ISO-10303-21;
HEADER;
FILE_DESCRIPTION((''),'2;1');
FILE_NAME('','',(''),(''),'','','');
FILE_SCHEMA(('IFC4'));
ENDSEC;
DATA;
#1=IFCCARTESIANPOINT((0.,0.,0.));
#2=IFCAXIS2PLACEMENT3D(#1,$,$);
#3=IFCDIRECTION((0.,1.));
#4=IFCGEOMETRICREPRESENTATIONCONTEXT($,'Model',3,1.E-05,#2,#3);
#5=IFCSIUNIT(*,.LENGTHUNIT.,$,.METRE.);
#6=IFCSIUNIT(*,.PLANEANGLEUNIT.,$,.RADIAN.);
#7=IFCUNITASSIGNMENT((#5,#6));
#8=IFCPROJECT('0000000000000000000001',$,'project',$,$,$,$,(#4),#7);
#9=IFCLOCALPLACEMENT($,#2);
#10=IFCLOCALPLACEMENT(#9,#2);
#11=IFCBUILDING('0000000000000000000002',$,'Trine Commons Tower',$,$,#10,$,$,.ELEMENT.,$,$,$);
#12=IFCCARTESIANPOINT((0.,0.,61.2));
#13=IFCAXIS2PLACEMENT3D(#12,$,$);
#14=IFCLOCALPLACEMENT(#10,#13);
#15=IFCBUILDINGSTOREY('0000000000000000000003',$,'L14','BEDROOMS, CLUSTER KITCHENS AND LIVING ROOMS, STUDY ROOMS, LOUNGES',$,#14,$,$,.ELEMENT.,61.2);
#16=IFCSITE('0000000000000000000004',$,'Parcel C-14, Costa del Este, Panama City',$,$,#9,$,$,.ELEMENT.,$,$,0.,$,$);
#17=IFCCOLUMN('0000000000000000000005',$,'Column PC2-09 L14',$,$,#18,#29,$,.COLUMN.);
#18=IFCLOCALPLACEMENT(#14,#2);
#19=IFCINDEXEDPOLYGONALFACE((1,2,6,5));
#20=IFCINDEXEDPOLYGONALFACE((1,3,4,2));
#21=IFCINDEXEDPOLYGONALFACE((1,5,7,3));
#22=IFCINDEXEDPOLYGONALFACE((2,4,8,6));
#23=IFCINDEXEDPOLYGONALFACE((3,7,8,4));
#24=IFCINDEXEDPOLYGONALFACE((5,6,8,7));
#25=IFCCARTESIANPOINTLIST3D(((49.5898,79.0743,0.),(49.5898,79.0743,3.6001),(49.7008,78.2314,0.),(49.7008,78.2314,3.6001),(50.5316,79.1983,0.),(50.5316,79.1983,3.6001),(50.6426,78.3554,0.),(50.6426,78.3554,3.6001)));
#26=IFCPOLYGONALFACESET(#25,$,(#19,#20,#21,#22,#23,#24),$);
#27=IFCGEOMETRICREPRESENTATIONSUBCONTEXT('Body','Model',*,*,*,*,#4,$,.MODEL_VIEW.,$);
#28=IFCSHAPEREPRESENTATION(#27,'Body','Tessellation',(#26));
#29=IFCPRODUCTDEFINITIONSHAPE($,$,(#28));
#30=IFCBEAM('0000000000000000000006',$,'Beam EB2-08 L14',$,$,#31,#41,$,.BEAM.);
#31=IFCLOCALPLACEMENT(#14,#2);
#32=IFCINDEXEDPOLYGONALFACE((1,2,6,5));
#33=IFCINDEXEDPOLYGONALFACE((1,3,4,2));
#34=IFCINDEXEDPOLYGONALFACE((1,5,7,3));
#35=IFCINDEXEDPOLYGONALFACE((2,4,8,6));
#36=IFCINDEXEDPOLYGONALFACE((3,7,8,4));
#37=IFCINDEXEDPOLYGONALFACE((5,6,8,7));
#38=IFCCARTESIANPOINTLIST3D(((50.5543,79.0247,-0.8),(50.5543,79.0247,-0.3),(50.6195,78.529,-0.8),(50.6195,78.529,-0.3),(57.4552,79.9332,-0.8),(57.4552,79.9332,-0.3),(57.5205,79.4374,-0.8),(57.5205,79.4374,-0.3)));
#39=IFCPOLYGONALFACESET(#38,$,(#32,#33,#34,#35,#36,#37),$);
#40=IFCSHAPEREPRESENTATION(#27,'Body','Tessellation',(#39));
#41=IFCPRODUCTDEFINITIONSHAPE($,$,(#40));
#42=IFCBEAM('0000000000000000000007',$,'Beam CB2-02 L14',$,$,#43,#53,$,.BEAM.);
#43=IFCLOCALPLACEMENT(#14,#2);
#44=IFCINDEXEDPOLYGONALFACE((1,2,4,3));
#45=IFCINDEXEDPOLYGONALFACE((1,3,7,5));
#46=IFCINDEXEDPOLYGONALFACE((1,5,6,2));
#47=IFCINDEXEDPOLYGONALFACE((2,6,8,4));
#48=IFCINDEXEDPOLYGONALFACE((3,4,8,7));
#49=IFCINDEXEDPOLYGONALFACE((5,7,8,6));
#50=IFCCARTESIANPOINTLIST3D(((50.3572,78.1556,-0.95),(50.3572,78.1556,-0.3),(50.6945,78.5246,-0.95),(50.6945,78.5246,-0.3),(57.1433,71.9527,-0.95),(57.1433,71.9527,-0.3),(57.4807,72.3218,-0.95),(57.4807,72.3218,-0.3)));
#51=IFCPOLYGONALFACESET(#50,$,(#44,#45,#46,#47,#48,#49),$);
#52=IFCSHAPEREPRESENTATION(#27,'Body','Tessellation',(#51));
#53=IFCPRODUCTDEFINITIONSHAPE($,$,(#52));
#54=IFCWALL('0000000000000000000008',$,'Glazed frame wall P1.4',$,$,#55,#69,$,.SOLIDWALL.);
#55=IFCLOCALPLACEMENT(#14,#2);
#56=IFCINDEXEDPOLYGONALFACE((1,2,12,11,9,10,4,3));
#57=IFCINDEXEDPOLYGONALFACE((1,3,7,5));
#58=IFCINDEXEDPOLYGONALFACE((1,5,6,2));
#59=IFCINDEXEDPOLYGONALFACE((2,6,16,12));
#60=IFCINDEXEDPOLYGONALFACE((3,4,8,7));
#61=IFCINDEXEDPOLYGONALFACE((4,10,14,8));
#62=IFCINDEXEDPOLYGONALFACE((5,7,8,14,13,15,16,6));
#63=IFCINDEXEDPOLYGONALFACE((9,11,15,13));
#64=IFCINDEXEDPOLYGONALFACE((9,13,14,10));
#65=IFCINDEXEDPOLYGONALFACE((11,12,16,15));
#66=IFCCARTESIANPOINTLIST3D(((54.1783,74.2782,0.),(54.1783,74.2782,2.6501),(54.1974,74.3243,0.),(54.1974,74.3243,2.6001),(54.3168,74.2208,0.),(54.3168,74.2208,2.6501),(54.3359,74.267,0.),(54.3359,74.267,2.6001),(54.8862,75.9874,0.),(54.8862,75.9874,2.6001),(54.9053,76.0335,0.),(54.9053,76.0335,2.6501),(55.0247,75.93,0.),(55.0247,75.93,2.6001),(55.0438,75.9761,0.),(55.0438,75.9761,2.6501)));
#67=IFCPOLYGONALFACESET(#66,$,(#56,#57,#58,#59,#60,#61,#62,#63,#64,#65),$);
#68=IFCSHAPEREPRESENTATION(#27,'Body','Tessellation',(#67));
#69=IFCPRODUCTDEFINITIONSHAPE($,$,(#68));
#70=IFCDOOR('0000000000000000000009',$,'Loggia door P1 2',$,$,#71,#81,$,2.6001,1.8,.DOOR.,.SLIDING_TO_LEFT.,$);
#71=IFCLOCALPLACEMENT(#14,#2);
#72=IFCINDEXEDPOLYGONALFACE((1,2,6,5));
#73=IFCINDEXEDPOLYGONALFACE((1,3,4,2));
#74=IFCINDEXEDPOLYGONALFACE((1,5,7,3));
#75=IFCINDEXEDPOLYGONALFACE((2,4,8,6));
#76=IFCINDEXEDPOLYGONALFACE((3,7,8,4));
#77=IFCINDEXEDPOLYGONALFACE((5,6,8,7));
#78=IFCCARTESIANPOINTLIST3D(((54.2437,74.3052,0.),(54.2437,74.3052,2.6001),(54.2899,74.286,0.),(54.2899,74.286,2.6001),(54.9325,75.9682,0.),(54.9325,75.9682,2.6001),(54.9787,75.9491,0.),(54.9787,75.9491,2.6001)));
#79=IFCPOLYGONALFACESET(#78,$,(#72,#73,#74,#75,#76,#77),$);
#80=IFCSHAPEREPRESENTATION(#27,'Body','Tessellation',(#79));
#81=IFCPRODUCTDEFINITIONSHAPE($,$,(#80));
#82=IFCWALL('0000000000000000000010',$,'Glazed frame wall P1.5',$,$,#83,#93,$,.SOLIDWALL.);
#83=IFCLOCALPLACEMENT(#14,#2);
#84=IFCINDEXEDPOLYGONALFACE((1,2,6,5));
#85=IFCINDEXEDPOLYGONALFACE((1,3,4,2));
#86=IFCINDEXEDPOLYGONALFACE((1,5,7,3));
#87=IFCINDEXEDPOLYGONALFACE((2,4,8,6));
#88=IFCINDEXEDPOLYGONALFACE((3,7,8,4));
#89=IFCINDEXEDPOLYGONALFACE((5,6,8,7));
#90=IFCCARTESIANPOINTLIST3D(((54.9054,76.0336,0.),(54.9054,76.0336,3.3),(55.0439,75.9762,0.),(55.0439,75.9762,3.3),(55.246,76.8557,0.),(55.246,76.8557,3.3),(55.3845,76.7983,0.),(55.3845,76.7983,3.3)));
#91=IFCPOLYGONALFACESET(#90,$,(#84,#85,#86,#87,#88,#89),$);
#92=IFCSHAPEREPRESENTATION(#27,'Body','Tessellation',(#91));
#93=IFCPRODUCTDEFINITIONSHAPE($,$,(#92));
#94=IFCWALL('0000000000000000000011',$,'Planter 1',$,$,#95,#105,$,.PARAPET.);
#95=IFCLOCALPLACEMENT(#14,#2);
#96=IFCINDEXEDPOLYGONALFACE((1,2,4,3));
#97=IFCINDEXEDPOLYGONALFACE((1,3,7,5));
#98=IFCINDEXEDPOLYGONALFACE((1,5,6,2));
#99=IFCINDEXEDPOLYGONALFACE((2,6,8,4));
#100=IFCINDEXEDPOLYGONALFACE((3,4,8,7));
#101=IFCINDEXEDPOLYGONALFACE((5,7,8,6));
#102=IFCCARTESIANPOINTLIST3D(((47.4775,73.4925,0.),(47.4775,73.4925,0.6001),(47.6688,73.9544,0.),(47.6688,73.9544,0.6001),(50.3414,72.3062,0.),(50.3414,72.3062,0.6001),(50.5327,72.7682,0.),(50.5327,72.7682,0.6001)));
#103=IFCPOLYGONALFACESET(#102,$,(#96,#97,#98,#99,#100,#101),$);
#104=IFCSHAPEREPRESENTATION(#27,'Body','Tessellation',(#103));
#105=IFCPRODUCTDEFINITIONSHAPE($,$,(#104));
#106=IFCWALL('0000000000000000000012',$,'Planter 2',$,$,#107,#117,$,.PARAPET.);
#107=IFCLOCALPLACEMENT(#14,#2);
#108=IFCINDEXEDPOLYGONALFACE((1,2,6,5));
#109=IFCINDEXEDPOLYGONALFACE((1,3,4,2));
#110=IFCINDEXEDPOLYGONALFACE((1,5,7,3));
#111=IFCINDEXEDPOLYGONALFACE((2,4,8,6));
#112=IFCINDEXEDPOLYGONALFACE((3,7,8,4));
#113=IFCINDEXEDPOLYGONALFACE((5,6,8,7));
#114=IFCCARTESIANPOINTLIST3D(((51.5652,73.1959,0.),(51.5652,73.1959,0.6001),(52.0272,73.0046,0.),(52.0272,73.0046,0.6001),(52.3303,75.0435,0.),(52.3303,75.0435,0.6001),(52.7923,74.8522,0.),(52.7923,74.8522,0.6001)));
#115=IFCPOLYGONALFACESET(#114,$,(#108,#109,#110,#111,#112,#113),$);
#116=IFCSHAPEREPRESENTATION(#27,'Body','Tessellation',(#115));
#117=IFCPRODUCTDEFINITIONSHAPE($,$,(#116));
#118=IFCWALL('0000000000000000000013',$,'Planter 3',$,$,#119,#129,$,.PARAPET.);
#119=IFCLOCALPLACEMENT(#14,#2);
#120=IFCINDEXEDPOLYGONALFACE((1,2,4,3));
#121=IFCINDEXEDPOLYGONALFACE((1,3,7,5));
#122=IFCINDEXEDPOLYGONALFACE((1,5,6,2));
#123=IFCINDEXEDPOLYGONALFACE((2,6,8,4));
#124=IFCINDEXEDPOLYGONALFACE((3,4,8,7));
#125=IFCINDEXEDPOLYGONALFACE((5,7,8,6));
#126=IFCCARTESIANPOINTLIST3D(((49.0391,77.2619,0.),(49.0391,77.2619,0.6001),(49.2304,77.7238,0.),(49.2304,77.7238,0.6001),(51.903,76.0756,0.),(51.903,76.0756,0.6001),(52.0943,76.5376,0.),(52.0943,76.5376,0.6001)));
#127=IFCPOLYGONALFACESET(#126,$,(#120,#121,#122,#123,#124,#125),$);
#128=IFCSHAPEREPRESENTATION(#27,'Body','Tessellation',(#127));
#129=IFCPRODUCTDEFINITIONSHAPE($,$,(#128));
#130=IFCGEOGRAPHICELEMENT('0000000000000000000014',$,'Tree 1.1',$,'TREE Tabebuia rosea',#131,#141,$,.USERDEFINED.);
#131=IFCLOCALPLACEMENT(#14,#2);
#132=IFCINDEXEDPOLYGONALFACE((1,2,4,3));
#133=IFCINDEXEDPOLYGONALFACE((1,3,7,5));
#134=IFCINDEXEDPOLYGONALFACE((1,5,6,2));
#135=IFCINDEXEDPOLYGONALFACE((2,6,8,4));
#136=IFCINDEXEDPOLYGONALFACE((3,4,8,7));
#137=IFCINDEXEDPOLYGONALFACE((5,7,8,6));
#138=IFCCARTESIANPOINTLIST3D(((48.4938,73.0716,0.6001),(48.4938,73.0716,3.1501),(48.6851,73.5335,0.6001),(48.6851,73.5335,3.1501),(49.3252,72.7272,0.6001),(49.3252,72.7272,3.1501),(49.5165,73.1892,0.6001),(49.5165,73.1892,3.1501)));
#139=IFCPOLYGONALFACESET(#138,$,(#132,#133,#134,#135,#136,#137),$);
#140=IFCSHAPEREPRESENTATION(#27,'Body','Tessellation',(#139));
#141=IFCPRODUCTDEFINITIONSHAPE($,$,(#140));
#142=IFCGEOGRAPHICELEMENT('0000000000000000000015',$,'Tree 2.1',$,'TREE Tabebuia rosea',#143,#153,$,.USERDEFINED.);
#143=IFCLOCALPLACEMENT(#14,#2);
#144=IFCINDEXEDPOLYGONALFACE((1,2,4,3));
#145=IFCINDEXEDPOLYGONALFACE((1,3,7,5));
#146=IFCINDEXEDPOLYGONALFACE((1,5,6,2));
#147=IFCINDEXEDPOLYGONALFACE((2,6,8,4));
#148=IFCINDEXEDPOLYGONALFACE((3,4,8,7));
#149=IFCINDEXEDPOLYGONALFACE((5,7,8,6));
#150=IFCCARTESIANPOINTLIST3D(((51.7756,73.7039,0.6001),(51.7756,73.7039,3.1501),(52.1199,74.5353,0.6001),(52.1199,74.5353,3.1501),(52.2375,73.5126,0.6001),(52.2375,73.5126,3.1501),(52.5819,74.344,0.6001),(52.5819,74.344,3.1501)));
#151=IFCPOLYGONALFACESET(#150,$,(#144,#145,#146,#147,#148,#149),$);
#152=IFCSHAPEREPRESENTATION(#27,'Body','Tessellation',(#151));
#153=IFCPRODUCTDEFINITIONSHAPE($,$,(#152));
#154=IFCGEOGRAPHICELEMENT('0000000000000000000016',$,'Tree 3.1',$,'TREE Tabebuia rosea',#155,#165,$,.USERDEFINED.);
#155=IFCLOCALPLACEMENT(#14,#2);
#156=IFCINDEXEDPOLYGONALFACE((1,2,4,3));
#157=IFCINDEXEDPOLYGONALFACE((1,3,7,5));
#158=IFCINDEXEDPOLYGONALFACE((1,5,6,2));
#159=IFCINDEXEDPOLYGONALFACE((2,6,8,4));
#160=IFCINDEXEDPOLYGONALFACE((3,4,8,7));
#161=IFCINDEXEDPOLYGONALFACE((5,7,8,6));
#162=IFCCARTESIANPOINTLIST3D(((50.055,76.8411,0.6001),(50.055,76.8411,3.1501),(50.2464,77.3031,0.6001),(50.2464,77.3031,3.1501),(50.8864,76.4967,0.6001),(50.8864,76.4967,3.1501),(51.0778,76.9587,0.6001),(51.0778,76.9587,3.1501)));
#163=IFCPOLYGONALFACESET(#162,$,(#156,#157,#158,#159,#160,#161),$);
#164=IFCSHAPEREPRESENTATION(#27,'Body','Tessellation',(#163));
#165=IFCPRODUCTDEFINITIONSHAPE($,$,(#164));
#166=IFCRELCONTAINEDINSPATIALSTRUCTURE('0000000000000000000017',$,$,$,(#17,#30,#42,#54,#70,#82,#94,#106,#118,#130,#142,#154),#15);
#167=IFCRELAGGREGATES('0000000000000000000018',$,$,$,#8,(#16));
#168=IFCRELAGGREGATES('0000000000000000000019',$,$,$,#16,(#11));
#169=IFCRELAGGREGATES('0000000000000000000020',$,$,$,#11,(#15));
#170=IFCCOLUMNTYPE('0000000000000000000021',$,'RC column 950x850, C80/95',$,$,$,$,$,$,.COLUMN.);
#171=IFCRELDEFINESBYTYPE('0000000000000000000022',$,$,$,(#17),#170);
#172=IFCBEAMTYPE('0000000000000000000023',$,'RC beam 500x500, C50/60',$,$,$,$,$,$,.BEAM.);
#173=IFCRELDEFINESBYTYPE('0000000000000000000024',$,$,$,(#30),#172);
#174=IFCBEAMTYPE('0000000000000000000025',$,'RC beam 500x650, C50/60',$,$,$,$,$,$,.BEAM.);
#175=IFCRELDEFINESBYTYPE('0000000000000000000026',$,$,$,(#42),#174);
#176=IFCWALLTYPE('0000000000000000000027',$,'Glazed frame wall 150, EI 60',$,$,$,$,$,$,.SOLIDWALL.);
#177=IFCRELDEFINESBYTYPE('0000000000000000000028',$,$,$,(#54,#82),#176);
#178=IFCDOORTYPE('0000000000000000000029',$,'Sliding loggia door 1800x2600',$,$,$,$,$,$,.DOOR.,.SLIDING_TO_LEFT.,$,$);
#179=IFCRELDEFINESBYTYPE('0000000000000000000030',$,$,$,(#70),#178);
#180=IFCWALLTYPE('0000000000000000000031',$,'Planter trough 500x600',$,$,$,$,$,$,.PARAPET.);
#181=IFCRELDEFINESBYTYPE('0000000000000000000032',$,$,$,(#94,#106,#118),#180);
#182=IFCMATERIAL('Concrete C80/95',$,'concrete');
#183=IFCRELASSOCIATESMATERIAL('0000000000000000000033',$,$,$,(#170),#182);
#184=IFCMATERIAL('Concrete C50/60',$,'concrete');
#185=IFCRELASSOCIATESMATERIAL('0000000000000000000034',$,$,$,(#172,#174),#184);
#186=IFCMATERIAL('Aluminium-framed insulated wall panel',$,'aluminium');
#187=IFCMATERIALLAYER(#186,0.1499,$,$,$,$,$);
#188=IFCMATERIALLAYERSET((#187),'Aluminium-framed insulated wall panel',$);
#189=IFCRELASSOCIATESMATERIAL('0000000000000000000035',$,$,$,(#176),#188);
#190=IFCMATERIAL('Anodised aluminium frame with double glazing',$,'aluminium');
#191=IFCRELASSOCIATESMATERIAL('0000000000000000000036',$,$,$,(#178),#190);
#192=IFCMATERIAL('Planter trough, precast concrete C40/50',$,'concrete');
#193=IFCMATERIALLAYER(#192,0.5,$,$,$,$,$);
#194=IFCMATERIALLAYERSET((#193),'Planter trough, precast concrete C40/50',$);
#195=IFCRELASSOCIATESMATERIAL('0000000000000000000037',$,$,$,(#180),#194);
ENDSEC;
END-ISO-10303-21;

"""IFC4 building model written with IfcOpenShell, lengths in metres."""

from ifc_helpers import new_model, si_unit, direction, frame, frame_2d, origin, origin_2d, place, context, subcontext, project, spatial, polyline, rectangle, outline, extrude, material, layer, layer_set, material_profile, profile_set, type_object, element, fill, save


model = new_model("IFC4")

# Units and contexts
model_context = context("Model", 3, precision=1e-05, world=origin(), true_north=direction((0.0, 1.0)))
body_context = subcontext(model_context, "Body", "Model", "MODEL_VIEW")
ifc_project = project(units=[si_unit("LENGTHUNIT", "METRE"), si_unit("PLANEANGLEUNIT", "RADIAN")], contexts=[model_context])

# Site, building, storey
site_placement = place(None, origin())
site = spatial("IfcSite", under=ifc_project, at=site_placement, Name="Parcel C-14, Costa del Este, Panama City", CompositionType="ELEMENT", RefElevation=0.0)
building_placement = place(site_placement, origin())
building = spatial("IfcBuilding", under=site, at=building_placement, Name="Trine Commons Tower", CompositionType="ELEMENT")
storey_placement = place(building_placement, frame((0.0, 0.0, 61.2)))
storey = spatial("IfcBuildingStorey", under=building, at=storey_placement, Name="L14", Description="BEDROOMS, CLUSTER KITCHENS AND LIVING ROOMS, STUDY ROOMS, LOUNGES", CompositionType="ELEMENT", Elevation=61.2)

# Column
ifc_material_1 = material(Name="Concrete C80/95", Category="concrete")
ifc_material_profile_1 = material_profile(ifc_material_1, rectangle(XDim=0.95, YDim=0.8501, at=origin_2d()), Name="RC 950x850")
ifc_profile_set_1 = profile_set([ifc_material_profile_1], Name="Concrete C80/95")
column_type = type_object("IfcColumnType", Name="RC column 950x850, C80/95", PredefinedType="COLUMN", material=ifc_profile_set_1)
column_placement = place(storey_placement, frame((50.1162, 78.7148, 0.0), z_axis=(0.0, 0.0, 1.0), x_axis=(0.991445, 0.130526, 0.0)))
element("IfcColumn", 1, at=column_placement, inside=storey, type_object=column_type, Name="Column PC2-09 L14", PredefinedType="COLUMN", context=body_context, shape_type="SweptSolid", body=[
    extrude(rectangle(XDim=0.95, YDim=0.8501, at=origin_2d()), origin(), (0.0, 0.0, 1.0), 3.6001),
])

# Beams
ifc_material_2 = material(Name="Concrete C50/60", Category="concrete")
ifc_material_profile_2 = material_profile(ifc_material_2, rectangle(XDim=0.5, YDim=0.5, at=origin_2d()), Name="RC 500x500")
ifc_profile_set_2 = profile_set([ifc_material_profile_2], Name="Concrete C50/60")
beam_type_1 = type_object("IfcBeamType", Name="RC beam 500x500, C50/60", PredefinedType="BEAM", material=ifc_profile_set_2)
beam_1_placement = place(storey_placement, frame((50.5869, 78.7769, -0.55), z_axis=(0.991446, 0.130516, 0.0), x_axis=(-0.130516, 0.991446, 0.0)))
element("IfcBeam", 2, at=beam_1_placement, inside=storey, type_object=beam_type_1, Name="Beam EB2-08 L14", PredefinedType="BEAM", context=body_context, shape_type="SweptSolid", body=[
    extrude(rectangle(XDim=0.5, YDim=0.5, at=origin_2d()), origin(), (0.0, 0.0, 1.0), 6.9604),
])
ifc_material_profile_3 = material_profile(ifc_material_2, rectangle(XDim=0.5, YDim=0.6499, at=origin_2d()), Name="RC 500x650")
ifc_profile_set_3 = profile_set([ifc_material_profile_3], Name="Concrete C50/60")
beam_type_2 = type_object("IfcBeamType", Name="RC beam 500x650, C50/60", PredefinedType="BEAM", material=ifc_profile_set_3)
beam_2_placement = place(storey_placement, frame((50.5259, 78.3401, -0.625), z_axis=(0.738115, -0.674675, 0.0), x_axis=(0.674675, 0.738115, 0.0)))
element("IfcBeam", 3, at=beam_2_placement, inside=storey, type_object=beam_type_2, Name="Beam CB2-02 L14", PredefinedType="BEAM", context=body_context, shape_type="SweptSolid", body=[
    extrude(rectangle(XDim=0.5, YDim=0.6499, at=origin_2d()), origin(), (0.0, 0.0, 1.0), 9.1938),
])

# Wall, opening, door
ifc_material_3 = material(Name="Aluminium-framed insulated wall panel", Category="aluminium")
ifc_layer_1 = layer(ifc_material_3, 0.1499)
ifc_layer_set_1 = layer_set([ifc_layer_1], Name="Aluminium-framed insulated wall panel")
wall_type_1 = type_object("IfcWallType", Name="Glazed frame wall 150, EI 60", PredefinedType="SOLIDWALL", material=ifc_layer_set_1)
wall_1_placement = place(storey_placement, frame((54.2476, 74.2495, 0.0), z_axis=(0.0, 0.0, 1.0), x_axis=(0.382662, 0.923888, 0.0)))
wall_1 = element("IfcWall", 4, at=wall_1_placement, inside=storey, type_object=wall_type_1, Name="Glazed frame wall P1.4", PredefinedType="SOLIDWALL", context=body_context, shape_type="SweptSolid", body=[
    extrude(outline(polyline([(0.0, -0.075), (1.8999, -0.075), (1.8999, 0.075), (0.0, 0.075), (0.0, -0.075)])), origin(), (0.0, 0.0, 1.0), 2.6501),
])
opening_1_placement = place(wall_1_placement, frame((0.05, 0.0, 0.0)))
opening_1 = element("IfcOpeningElement", 5, at=opening_1_placement, cuts=wall_1, PredefinedType="OPENING", context=body_context, shape_type="SweptSolid", body=[
    extrude(rectangle(XDim=1.8, YDim=2.6001, at=frame_2d((0.8999, 1.3))), frame((0.0, 0.085, 0.0), z_axis=(0.0, -1.0, 0.0), x_axis=(1.0, 0.0, 0.0)), (0.0, 0.0, 1.0), 0.1699),
])
ifc_material_4 = material(Name="Anodised aluminium frame with double glazing", Category="aluminium")
door_type = type_object("IfcDoorType", Name="Sliding loggia door 1800x2600", OperationType="SLIDING_TO_LEFT", PredefinedType="DOOR", material=ifc_material_4)
door_1_placement = place(opening_1_placement, origin())
door_1 = element("IfcDoor", 6, at=door_1_placement, inside=storey, type_object=door_type, Name="Loggia door P1 2", OperationType="SLIDING_TO_LEFT", OverallHeight=2.6001, OverallWidth=1.8, PredefinedType="DOOR", context=body_context, shape_type="SweptSolid", body=[
    extrude(rectangle(XDim=1.8, YDim=2.6001, at=frame_2d((0.8999, 1.3))), frame((0.0, 0.0249, 0.0), z_axis=(0.0, -1.0, 0.0), x_axis=(1.0, 0.0, 0.0)), (0.0, 0.0, 1.0), 0.05),
])
fill(opening_1, door_1)

# Wall
wall_2_placement = place(storey_placement, frame((54.9746, 76.0049, 0.0), z_axis=(0.0, 0.0, 1.0), x_axis=(0.382812, 0.923826, 0.0)))
element("IfcWall", 7, at=wall_2_placement, inside=storey, type_object=wall_type_1, Name="Glazed frame wall P1.5", PredefinedType="SOLIDWALL", context=body_context, shape_type="SweptSolid", body=[
    extrude(outline(polyline([(0.8899, 0.075), (0.0, 0.075), (0.0, -0.075), (0.8899, -0.075), (0.8899, 0.075)])), origin(), (0.0, 0.0, 1.0), 3.3),
])

# Walls
ifc_material_5 = material(Name="Planter trough, precast concrete C40/50", Category="concrete")
ifc_layer_2 = layer(ifc_material_5, 0.5)
ifc_layer_set_2 = layer_set([ifc_layer_2], Name="Planter trough, precast concrete C40/50")
wall_type_2 = type_object("IfcWallType", Name="Planter trough 500x600", PredefinedType="PARAPET", material=ifc_layer_set_2)
wall_3_placement = place(storey_placement, frame((47.5732, 73.7234, 0.0), z_axis=(0.0, 0.0, 1.0), x_axis=(0.923883, -0.382674, 0.0)))
element("IfcWall", 8, at=wall_3_placement, inside=storey, type_object=wall_type_2, Name="Planter 1", PredefinedType="PARAPET", context=body_context, shape_type="SweptSolid", body=[
    extrude(rectangle(XDim=3.0999, YDim=0.5, at=frame_2d((1.5498, 0.0))), origin(), (0.0, 0.0, 1.0), 0.6001),
])
wall_4_placement = place(storey_placement, frame((51.7961, 73.1001, 0.0), z_axis=(0.0, 0.0, 1.0), x_axis=(0.382603, 0.923913, 0.0)))
element("IfcWall", 9, at=wall_4_placement, inside=storey, type_object=wall_type_2, Name="Planter 2", PredefinedType="PARAPET", context=body_context, shape_type="SweptSolid", body=[
    extrude(rectangle(XDim=1.9998, YDim=0.5, at=frame_2d((1.0, 0.0))), origin(), (0.0, 0.0, 1.0), 0.6001),
])
wall_5_placement = place(storey_placement, frame((51.9985, 76.3066, 0.0), z_axis=(0.0, 0.0, 1.0), x_axis=(-0.923883, 0.382674, 0.0)))
element("IfcWall", 10, at=wall_5_placement, inside=storey, type_object=wall_type_2, Name="Planter 3", PredefinedType="PARAPET", context=body_context, shape_type="SweptSolid", body=[
    extrude(rectangle(XDim=3.0999, YDim=0.5, at=frame_2d((1.5498, 0.0))), origin(), (0.0, 0.0, 1.0), 0.6001),
])

# Geographic elements
for number, where, z_axis, x_axis, name in (
    (11, (49.0051, 73.1304, 0.6001), (0.0, 0.0, 1.0), (0.923886, -0.382669, 0.0), "Tree 1.1"),
    (12, (52.1787, 74.0239, 0.6001), (0.0, 0.0, 1.0), (0.382688, 0.923878, 0.0), "Tree 2.1"),
    (13, (50.5664, 76.8999, 0.6001), (0.0, 0.0, 1.0), (-0.923886, 0.382669, 0.0), "Tree 3.1"),
):
    element("IfcGeographicElement", number, at=place(storey_placement, frame(where, z_axis=z_axis, x_axis=x_axis)), inside=storey, Name=name, ObjectType="TREE Tabebuia rosea", PredefinedType="USERDEFINED", context=body_context, shape_type="SweptSolid", body=[
        extrude(rectangle(XDim=0.8999, YDim=0.5, at=origin_2d()), origin(), (0.0, 0.0, 1.0), 2.55),
    ])

save(model, "model.ifc")
